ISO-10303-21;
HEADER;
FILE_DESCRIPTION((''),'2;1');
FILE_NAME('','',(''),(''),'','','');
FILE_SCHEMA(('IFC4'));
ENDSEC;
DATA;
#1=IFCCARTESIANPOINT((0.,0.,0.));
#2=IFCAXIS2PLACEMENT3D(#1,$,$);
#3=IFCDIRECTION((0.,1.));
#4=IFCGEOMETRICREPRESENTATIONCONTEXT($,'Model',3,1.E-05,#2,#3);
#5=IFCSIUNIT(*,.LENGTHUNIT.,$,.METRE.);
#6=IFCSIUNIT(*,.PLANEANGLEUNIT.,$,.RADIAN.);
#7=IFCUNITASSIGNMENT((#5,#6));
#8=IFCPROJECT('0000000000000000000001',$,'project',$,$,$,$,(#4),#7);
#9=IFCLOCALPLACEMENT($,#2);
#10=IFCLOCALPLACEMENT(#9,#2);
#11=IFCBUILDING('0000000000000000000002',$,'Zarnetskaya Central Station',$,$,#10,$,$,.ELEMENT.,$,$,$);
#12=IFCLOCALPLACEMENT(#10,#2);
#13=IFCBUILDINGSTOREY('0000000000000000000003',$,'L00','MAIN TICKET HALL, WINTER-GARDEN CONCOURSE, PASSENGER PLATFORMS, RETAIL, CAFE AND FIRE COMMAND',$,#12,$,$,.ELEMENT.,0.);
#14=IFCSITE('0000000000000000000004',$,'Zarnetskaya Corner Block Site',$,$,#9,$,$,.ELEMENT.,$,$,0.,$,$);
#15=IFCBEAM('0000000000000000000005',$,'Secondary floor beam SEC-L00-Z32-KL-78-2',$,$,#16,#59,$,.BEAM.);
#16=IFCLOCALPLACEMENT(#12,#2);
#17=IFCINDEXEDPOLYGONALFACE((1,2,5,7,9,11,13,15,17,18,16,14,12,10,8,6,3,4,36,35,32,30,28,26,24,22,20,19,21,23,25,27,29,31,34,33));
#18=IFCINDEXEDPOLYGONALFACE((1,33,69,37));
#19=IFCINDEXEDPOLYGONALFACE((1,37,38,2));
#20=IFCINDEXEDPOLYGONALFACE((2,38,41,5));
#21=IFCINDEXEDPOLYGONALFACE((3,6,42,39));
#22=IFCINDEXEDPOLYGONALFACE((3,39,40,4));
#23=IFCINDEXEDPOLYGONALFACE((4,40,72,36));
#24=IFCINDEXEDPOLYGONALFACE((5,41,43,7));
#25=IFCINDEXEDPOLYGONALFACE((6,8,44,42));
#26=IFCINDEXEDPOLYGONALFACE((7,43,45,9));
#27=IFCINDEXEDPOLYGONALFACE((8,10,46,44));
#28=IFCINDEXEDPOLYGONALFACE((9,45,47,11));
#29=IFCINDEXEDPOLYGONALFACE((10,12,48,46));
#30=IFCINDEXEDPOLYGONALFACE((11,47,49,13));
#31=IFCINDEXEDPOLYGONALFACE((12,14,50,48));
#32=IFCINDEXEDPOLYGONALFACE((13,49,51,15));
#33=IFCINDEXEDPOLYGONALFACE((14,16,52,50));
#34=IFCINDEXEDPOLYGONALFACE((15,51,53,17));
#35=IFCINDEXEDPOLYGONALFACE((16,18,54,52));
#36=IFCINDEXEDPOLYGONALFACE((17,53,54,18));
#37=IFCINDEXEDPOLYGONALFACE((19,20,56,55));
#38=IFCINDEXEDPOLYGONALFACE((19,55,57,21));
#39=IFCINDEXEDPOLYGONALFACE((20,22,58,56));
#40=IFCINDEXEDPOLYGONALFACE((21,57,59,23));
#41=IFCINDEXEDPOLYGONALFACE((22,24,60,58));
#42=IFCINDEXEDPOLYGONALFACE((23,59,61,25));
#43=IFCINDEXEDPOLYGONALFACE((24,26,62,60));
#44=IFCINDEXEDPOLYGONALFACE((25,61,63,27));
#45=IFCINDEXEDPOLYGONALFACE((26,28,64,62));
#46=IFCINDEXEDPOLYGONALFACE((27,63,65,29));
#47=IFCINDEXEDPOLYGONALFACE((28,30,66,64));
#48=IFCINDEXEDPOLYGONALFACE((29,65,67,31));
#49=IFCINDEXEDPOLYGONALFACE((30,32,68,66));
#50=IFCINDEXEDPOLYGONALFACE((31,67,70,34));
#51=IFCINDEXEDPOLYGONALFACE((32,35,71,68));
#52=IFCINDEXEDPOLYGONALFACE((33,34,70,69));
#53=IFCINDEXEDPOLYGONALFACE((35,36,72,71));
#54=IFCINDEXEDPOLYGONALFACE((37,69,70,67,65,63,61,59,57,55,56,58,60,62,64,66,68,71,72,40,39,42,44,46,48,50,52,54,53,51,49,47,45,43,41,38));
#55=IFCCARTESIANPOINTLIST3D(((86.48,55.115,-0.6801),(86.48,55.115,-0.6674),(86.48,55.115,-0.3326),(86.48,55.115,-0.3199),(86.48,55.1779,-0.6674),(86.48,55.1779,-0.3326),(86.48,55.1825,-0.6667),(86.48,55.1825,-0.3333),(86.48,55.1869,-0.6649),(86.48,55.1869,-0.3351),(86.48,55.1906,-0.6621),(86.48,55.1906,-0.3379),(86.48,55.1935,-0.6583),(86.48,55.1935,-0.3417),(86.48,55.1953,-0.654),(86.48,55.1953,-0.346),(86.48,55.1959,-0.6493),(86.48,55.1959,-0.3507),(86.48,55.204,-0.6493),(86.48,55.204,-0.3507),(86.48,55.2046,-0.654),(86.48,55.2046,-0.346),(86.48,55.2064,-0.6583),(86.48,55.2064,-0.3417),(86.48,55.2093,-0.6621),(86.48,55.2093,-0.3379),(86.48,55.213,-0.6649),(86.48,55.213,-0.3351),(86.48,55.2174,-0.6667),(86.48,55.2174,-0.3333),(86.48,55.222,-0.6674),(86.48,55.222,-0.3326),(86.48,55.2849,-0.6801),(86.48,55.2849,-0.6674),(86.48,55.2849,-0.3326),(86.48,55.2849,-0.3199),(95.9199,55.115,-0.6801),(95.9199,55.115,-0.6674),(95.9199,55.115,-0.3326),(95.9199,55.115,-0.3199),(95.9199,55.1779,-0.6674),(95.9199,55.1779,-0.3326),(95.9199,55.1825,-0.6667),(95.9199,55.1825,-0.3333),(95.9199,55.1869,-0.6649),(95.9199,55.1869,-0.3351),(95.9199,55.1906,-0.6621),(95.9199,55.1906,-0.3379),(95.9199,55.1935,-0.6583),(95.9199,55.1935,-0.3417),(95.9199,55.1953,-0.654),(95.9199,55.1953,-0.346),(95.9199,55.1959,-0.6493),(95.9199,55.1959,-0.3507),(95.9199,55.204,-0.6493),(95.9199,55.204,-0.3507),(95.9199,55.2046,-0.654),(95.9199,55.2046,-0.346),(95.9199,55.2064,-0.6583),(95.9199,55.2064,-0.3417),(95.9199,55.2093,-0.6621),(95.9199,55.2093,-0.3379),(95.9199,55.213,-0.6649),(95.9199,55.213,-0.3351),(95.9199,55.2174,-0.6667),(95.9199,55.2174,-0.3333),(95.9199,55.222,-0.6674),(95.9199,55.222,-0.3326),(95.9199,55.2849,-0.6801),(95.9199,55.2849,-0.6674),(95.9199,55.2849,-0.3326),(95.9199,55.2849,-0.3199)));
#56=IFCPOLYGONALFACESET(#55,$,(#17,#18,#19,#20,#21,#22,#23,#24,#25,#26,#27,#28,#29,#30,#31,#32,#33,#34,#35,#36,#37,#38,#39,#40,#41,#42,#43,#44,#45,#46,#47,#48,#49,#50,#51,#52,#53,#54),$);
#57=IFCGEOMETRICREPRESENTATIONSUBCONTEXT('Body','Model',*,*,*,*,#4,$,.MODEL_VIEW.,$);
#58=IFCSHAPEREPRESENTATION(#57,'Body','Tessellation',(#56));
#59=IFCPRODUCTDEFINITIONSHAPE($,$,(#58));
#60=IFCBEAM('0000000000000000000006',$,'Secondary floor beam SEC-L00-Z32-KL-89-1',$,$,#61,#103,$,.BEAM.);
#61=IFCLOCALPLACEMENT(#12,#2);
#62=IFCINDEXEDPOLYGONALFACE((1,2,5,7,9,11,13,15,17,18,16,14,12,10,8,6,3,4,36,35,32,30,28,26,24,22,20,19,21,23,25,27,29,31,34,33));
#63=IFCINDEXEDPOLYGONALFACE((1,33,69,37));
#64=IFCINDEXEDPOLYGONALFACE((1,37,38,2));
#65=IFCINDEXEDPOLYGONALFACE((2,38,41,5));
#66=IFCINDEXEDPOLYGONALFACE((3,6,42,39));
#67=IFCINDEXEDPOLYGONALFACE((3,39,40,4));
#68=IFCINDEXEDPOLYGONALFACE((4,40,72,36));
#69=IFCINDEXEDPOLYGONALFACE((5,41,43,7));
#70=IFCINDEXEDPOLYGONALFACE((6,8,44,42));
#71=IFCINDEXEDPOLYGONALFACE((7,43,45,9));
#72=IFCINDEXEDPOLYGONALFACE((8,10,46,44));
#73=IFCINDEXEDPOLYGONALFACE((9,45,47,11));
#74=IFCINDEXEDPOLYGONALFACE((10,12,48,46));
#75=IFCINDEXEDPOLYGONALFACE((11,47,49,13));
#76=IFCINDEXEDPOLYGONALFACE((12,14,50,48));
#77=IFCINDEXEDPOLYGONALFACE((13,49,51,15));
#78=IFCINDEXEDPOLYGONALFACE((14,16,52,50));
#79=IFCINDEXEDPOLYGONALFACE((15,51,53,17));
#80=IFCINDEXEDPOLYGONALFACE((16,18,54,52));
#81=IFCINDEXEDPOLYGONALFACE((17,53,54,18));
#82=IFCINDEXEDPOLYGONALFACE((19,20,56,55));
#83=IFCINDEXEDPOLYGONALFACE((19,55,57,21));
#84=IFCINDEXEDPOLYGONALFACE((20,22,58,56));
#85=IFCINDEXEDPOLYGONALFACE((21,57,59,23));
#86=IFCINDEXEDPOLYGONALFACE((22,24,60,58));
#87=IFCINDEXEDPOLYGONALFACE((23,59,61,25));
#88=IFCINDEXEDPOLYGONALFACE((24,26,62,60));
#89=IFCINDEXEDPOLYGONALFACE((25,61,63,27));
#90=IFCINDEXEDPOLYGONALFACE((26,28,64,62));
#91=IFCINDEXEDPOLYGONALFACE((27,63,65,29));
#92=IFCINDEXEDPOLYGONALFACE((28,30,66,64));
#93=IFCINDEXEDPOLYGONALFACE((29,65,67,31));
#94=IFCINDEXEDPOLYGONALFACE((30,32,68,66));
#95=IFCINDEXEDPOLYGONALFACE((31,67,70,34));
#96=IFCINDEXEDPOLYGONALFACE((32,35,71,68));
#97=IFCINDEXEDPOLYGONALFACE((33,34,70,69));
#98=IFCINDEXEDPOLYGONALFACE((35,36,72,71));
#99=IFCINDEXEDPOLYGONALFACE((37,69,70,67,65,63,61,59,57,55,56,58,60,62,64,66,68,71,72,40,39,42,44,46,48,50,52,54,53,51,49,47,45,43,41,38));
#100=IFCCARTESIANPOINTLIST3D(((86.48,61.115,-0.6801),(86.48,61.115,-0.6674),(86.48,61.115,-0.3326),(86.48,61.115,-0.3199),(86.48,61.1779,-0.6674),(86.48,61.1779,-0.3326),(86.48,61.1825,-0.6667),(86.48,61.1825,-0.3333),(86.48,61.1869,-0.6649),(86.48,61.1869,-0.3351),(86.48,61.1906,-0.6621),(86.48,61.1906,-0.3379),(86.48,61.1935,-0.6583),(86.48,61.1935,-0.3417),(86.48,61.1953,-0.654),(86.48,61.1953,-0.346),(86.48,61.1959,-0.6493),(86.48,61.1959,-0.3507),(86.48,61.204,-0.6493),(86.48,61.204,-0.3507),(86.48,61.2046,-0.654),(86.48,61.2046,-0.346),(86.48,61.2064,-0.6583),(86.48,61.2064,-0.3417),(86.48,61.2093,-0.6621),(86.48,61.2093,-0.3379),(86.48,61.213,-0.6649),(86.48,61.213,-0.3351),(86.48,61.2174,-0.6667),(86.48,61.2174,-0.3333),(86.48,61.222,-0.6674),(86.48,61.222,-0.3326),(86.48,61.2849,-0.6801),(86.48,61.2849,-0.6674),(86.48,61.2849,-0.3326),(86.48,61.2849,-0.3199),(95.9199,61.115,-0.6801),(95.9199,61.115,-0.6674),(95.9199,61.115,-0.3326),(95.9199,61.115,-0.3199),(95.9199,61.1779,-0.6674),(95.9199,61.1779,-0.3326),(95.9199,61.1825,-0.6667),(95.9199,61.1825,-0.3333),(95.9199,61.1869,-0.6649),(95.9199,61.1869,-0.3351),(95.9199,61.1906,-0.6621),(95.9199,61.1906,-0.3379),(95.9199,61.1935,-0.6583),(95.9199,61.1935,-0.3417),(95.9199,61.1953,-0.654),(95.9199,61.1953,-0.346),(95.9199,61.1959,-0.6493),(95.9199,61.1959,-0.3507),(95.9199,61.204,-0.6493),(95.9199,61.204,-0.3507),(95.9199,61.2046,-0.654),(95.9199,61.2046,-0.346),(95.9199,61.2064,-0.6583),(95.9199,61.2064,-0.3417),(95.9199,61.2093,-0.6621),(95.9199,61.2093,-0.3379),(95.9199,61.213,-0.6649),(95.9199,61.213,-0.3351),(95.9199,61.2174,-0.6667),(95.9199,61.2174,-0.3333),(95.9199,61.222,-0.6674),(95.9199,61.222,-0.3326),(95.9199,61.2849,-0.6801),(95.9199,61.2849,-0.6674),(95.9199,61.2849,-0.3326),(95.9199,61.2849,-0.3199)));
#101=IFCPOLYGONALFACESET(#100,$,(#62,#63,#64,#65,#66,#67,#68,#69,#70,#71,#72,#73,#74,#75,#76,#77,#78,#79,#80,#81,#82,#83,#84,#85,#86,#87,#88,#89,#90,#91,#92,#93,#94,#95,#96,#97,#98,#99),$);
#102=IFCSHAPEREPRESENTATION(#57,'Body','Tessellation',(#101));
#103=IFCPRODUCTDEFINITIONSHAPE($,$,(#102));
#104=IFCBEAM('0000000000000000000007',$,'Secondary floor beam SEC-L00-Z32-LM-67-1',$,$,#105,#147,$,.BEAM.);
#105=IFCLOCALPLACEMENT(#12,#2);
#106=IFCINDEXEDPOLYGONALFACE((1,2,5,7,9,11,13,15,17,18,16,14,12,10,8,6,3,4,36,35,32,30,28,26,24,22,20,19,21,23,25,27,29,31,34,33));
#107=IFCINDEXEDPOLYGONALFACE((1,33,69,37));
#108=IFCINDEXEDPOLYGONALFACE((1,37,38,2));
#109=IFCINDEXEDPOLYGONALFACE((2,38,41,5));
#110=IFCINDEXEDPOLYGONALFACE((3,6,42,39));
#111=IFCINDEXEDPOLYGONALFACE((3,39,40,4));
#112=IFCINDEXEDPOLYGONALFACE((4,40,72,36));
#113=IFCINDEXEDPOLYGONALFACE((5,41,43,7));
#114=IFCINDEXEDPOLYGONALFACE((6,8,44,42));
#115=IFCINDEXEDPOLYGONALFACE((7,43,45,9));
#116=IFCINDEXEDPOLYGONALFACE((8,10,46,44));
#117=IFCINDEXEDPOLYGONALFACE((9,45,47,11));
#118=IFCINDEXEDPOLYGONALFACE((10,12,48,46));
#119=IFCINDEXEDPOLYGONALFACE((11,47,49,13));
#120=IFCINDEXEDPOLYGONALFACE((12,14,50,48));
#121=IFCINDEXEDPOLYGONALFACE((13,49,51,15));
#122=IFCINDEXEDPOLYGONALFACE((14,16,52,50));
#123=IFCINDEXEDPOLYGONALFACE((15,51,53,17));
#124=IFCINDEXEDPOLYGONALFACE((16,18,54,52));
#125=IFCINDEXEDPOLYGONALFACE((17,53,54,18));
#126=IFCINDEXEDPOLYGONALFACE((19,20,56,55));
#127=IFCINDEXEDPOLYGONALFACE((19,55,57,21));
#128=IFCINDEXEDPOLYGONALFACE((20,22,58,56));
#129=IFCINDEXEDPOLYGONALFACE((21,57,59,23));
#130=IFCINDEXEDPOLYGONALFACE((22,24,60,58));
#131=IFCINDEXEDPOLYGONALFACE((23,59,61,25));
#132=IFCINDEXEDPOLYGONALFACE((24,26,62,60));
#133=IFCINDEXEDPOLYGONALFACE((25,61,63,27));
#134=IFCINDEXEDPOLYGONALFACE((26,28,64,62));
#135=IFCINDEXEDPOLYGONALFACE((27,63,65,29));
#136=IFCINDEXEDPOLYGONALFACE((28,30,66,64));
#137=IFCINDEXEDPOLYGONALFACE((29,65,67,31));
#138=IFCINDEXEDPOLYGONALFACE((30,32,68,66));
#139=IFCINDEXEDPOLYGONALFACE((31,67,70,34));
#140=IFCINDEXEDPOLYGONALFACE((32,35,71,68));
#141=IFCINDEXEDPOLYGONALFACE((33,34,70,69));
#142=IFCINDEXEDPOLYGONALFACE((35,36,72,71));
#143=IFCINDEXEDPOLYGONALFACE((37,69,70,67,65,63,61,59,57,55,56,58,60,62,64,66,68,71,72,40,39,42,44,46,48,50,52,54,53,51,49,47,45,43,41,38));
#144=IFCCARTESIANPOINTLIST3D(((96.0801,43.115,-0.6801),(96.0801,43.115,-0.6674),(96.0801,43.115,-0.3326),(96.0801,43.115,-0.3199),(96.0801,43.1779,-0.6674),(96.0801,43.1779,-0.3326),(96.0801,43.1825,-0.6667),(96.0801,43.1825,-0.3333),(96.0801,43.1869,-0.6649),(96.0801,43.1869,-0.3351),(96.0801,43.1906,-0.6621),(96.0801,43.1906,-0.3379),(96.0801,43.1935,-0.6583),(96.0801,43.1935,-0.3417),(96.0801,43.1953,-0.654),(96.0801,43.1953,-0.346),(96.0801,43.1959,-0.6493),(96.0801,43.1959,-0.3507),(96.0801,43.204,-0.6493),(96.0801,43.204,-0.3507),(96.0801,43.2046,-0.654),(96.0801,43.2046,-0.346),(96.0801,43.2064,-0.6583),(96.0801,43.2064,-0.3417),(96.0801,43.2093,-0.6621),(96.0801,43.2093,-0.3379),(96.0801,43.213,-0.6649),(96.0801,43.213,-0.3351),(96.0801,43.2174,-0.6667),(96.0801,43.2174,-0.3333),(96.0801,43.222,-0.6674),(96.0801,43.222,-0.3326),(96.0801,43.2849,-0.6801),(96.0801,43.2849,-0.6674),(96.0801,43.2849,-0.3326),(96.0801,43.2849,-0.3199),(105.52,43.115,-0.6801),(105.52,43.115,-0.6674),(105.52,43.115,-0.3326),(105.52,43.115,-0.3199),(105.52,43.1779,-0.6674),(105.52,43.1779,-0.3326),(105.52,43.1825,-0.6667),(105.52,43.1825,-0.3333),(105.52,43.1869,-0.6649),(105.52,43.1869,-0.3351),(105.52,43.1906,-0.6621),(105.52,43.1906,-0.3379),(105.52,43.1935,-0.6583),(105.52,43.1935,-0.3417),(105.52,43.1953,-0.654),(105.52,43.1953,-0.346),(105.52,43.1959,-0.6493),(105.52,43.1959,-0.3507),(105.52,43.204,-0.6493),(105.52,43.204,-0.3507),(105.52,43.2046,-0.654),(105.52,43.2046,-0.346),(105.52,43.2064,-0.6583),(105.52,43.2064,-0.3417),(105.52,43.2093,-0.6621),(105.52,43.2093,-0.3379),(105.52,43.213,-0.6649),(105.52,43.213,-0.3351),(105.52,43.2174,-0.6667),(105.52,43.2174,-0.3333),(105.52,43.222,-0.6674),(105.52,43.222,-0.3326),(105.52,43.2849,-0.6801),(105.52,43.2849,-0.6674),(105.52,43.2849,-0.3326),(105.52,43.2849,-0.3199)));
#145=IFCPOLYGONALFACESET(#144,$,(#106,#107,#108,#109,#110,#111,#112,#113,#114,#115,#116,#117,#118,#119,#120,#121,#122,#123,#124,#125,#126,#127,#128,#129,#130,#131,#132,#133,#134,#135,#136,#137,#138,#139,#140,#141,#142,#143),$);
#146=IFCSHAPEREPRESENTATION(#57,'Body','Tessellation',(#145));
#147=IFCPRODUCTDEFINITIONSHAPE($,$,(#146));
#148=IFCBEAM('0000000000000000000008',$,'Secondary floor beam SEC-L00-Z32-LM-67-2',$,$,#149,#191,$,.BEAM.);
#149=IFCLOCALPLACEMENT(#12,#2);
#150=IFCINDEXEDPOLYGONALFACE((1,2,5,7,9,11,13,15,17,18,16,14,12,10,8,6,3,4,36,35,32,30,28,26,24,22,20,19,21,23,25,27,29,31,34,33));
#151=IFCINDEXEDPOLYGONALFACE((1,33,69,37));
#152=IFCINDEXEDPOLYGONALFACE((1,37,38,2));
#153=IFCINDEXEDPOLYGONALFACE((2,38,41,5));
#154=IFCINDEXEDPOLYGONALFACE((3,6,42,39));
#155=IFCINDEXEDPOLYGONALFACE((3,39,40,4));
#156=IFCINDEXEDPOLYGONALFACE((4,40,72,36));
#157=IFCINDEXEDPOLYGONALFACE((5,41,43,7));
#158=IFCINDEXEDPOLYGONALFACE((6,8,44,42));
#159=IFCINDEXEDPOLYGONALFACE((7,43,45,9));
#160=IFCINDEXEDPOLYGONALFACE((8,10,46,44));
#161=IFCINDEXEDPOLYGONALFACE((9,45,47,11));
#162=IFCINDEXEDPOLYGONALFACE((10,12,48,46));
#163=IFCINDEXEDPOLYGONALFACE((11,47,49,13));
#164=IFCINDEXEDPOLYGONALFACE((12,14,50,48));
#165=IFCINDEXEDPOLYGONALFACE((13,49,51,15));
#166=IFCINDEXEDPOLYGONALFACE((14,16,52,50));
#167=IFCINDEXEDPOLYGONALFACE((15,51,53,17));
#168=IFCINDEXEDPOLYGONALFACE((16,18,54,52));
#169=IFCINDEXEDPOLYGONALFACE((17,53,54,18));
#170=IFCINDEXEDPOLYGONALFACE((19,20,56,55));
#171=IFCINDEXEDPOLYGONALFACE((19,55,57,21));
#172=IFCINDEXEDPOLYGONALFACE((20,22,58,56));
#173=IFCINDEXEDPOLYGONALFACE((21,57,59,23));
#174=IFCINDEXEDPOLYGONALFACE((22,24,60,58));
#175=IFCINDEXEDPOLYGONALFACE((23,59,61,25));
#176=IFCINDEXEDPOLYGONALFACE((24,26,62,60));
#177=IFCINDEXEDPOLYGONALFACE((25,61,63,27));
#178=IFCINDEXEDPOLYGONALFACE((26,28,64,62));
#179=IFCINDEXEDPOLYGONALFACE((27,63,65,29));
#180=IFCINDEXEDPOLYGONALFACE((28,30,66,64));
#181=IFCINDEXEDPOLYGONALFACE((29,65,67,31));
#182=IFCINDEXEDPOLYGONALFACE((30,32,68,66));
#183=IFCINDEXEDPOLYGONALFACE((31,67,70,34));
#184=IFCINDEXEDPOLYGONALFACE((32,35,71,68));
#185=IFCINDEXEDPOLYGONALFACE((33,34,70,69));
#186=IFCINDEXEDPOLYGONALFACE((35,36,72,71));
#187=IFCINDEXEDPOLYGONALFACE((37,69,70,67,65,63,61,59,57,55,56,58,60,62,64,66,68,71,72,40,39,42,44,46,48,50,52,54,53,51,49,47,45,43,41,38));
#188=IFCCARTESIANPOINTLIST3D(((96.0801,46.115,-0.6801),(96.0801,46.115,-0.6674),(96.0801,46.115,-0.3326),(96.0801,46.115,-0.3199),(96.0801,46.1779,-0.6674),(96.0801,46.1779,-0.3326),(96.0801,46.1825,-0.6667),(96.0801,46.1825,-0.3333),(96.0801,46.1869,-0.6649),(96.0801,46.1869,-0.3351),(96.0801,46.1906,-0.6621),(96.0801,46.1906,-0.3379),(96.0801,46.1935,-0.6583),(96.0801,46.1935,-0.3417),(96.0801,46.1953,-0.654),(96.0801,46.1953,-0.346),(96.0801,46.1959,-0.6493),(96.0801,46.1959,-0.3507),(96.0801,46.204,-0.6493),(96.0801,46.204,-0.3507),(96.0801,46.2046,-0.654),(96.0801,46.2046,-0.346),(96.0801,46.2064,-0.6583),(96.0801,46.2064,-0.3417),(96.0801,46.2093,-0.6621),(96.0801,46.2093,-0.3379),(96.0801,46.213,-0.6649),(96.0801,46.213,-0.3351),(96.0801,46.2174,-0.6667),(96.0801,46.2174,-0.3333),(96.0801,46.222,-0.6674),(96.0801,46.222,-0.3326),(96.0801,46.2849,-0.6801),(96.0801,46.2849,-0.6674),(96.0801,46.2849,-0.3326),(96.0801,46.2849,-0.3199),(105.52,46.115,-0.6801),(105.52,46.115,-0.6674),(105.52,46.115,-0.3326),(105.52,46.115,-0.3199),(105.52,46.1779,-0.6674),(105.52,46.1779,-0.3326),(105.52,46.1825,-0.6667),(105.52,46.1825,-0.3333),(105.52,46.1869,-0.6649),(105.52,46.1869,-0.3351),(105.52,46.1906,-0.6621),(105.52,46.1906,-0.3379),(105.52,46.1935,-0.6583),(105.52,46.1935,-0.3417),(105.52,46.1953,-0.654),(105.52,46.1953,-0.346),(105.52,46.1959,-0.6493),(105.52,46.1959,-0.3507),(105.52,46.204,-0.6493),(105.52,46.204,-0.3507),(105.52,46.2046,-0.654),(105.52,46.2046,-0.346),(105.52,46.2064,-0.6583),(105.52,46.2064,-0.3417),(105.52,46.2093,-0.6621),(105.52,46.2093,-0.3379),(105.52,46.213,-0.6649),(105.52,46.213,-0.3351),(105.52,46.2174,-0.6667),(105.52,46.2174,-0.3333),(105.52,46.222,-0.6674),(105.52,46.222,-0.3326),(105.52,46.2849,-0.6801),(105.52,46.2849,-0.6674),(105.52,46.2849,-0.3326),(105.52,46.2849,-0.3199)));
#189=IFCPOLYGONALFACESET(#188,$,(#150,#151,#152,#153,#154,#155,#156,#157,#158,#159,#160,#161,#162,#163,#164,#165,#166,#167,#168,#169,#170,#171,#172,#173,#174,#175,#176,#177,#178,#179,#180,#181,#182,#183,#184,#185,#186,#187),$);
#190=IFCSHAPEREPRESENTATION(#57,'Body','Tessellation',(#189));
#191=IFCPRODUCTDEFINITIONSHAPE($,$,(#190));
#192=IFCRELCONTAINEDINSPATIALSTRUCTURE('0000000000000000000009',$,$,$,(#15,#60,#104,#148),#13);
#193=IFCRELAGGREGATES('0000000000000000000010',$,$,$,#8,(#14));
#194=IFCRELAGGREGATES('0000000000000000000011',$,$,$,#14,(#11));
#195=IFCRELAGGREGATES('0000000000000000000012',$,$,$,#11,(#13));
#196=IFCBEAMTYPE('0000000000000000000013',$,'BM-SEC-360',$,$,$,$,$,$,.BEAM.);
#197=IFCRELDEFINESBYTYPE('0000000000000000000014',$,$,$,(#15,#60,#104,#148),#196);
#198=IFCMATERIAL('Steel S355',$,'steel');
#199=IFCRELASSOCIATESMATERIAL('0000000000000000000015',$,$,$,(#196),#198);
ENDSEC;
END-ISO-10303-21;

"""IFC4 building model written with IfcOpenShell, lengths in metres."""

from ifc_helpers import new_model, si_unit, direction, frame, origin, origin_2d, place, context, subcontext, project, spatial, i_section, extrude, material, material_profile, profile_set, type_object, element, save


model = new_model("IFC4")

# Units and contexts
model_context = context("Model", 3, precision=1e-05, world=origin(), true_north=direction((0.0, 1.0)))
body_context = subcontext(model_context, "Body", "Model", "MODEL_VIEW")
ifc_project = project(units=[si_unit("LENGTHUNIT", "METRE"), si_unit("PLANEANGLEUNIT", "RADIAN")], contexts=[model_context])

# Site, building, storey
site_placement = place(None, origin())
site = spatial("IfcSite", under=ifc_project, at=site_placement, Name="Zarnetskaya Corner Block Site", CompositionType="ELEMENT", RefElevation=0.0)
building_placement = place(site_placement, origin())
building = spatial("IfcBuilding", under=site, at=building_placement, Name="Zarnetskaya Central Station", CompositionType="ELEMENT")
storey_placement = place(building_placement, origin())
storey = spatial("IfcBuildingStorey", under=building, at=storey_placement, Name="L00", Description="MAIN TICKET HALL, WINTER-GARDEN CONCOURSE, PASSENGER PLATFORMS, RETAIL, CAFE AND FIRE COMMAND", CompositionType="ELEMENT", Elevation=0.0)

# Shared definitions
ifc_material_1 = material(Name="Steel S355", Category="steel")

# Beams
ifc_material_profile_1 = material_profile(ifc_material_1, i_section(OverallWidth=0.1699, OverallDepth=0.3601, WebThickness=0.0081, FlangeThickness=0.0127, FilletRadius=0.0181, at=origin_2d()), Name="IPE 360")
ifc_profile_set_1 = profile_set([ifc_material_profile_1], Name="Steel S355")
beam_type_1 = type_object("IfcBeamType", Name="BM-SEC-360", PredefinedType="BEAM", material=ifc_profile_set_1)
for number, where, z_axis, x_axis, name in (
    (1, (86.48, 55.2, -0.5), (1.0, 0.0, 0.0), (0.0, 1.0, 0.0), "Secondary floor beam SEC-L00-Z32-KL-78-2"),
    (2, (86.48, 61.2, -0.5), (1.0, 0.0, 0.0), (0.0, 1.0, 0.0), "Secondary floor beam SEC-L00-Z32-KL-89-1"),
    (3, (96.0801, 43.2, -0.5), (1.0, 0.0, 0.0), (0.0, 1.0, 0.0), "Secondary floor beam SEC-L00-Z32-LM-67-1"),
    (4, (96.0801, 46.2, -0.5), (1.0, 0.0, 0.0), (0.0, 1.0, 0.0), "Secondary floor beam SEC-L00-Z32-LM-67-2"),
):
    element("IfcBeam", number, at=place(storey_placement, frame(where, z_axis=z_axis, x_axis=x_axis)), inside=storey, type_object=beam_type_1, Name=name, PredefinedType="BEAM", context=body_context, shape_type="SweptSolid", body=[
        extrude(i_section(OverallWidth=0.1699, OverallDepth=0.3601, WebThickness=0.0081, FlangeThickness=0.0127, FilletRadius=0.0181, at=origin_2d()), origin(), (0.0, 0.0, 1.0), 9.4399),
    ])

save(model, "model.ifc")
